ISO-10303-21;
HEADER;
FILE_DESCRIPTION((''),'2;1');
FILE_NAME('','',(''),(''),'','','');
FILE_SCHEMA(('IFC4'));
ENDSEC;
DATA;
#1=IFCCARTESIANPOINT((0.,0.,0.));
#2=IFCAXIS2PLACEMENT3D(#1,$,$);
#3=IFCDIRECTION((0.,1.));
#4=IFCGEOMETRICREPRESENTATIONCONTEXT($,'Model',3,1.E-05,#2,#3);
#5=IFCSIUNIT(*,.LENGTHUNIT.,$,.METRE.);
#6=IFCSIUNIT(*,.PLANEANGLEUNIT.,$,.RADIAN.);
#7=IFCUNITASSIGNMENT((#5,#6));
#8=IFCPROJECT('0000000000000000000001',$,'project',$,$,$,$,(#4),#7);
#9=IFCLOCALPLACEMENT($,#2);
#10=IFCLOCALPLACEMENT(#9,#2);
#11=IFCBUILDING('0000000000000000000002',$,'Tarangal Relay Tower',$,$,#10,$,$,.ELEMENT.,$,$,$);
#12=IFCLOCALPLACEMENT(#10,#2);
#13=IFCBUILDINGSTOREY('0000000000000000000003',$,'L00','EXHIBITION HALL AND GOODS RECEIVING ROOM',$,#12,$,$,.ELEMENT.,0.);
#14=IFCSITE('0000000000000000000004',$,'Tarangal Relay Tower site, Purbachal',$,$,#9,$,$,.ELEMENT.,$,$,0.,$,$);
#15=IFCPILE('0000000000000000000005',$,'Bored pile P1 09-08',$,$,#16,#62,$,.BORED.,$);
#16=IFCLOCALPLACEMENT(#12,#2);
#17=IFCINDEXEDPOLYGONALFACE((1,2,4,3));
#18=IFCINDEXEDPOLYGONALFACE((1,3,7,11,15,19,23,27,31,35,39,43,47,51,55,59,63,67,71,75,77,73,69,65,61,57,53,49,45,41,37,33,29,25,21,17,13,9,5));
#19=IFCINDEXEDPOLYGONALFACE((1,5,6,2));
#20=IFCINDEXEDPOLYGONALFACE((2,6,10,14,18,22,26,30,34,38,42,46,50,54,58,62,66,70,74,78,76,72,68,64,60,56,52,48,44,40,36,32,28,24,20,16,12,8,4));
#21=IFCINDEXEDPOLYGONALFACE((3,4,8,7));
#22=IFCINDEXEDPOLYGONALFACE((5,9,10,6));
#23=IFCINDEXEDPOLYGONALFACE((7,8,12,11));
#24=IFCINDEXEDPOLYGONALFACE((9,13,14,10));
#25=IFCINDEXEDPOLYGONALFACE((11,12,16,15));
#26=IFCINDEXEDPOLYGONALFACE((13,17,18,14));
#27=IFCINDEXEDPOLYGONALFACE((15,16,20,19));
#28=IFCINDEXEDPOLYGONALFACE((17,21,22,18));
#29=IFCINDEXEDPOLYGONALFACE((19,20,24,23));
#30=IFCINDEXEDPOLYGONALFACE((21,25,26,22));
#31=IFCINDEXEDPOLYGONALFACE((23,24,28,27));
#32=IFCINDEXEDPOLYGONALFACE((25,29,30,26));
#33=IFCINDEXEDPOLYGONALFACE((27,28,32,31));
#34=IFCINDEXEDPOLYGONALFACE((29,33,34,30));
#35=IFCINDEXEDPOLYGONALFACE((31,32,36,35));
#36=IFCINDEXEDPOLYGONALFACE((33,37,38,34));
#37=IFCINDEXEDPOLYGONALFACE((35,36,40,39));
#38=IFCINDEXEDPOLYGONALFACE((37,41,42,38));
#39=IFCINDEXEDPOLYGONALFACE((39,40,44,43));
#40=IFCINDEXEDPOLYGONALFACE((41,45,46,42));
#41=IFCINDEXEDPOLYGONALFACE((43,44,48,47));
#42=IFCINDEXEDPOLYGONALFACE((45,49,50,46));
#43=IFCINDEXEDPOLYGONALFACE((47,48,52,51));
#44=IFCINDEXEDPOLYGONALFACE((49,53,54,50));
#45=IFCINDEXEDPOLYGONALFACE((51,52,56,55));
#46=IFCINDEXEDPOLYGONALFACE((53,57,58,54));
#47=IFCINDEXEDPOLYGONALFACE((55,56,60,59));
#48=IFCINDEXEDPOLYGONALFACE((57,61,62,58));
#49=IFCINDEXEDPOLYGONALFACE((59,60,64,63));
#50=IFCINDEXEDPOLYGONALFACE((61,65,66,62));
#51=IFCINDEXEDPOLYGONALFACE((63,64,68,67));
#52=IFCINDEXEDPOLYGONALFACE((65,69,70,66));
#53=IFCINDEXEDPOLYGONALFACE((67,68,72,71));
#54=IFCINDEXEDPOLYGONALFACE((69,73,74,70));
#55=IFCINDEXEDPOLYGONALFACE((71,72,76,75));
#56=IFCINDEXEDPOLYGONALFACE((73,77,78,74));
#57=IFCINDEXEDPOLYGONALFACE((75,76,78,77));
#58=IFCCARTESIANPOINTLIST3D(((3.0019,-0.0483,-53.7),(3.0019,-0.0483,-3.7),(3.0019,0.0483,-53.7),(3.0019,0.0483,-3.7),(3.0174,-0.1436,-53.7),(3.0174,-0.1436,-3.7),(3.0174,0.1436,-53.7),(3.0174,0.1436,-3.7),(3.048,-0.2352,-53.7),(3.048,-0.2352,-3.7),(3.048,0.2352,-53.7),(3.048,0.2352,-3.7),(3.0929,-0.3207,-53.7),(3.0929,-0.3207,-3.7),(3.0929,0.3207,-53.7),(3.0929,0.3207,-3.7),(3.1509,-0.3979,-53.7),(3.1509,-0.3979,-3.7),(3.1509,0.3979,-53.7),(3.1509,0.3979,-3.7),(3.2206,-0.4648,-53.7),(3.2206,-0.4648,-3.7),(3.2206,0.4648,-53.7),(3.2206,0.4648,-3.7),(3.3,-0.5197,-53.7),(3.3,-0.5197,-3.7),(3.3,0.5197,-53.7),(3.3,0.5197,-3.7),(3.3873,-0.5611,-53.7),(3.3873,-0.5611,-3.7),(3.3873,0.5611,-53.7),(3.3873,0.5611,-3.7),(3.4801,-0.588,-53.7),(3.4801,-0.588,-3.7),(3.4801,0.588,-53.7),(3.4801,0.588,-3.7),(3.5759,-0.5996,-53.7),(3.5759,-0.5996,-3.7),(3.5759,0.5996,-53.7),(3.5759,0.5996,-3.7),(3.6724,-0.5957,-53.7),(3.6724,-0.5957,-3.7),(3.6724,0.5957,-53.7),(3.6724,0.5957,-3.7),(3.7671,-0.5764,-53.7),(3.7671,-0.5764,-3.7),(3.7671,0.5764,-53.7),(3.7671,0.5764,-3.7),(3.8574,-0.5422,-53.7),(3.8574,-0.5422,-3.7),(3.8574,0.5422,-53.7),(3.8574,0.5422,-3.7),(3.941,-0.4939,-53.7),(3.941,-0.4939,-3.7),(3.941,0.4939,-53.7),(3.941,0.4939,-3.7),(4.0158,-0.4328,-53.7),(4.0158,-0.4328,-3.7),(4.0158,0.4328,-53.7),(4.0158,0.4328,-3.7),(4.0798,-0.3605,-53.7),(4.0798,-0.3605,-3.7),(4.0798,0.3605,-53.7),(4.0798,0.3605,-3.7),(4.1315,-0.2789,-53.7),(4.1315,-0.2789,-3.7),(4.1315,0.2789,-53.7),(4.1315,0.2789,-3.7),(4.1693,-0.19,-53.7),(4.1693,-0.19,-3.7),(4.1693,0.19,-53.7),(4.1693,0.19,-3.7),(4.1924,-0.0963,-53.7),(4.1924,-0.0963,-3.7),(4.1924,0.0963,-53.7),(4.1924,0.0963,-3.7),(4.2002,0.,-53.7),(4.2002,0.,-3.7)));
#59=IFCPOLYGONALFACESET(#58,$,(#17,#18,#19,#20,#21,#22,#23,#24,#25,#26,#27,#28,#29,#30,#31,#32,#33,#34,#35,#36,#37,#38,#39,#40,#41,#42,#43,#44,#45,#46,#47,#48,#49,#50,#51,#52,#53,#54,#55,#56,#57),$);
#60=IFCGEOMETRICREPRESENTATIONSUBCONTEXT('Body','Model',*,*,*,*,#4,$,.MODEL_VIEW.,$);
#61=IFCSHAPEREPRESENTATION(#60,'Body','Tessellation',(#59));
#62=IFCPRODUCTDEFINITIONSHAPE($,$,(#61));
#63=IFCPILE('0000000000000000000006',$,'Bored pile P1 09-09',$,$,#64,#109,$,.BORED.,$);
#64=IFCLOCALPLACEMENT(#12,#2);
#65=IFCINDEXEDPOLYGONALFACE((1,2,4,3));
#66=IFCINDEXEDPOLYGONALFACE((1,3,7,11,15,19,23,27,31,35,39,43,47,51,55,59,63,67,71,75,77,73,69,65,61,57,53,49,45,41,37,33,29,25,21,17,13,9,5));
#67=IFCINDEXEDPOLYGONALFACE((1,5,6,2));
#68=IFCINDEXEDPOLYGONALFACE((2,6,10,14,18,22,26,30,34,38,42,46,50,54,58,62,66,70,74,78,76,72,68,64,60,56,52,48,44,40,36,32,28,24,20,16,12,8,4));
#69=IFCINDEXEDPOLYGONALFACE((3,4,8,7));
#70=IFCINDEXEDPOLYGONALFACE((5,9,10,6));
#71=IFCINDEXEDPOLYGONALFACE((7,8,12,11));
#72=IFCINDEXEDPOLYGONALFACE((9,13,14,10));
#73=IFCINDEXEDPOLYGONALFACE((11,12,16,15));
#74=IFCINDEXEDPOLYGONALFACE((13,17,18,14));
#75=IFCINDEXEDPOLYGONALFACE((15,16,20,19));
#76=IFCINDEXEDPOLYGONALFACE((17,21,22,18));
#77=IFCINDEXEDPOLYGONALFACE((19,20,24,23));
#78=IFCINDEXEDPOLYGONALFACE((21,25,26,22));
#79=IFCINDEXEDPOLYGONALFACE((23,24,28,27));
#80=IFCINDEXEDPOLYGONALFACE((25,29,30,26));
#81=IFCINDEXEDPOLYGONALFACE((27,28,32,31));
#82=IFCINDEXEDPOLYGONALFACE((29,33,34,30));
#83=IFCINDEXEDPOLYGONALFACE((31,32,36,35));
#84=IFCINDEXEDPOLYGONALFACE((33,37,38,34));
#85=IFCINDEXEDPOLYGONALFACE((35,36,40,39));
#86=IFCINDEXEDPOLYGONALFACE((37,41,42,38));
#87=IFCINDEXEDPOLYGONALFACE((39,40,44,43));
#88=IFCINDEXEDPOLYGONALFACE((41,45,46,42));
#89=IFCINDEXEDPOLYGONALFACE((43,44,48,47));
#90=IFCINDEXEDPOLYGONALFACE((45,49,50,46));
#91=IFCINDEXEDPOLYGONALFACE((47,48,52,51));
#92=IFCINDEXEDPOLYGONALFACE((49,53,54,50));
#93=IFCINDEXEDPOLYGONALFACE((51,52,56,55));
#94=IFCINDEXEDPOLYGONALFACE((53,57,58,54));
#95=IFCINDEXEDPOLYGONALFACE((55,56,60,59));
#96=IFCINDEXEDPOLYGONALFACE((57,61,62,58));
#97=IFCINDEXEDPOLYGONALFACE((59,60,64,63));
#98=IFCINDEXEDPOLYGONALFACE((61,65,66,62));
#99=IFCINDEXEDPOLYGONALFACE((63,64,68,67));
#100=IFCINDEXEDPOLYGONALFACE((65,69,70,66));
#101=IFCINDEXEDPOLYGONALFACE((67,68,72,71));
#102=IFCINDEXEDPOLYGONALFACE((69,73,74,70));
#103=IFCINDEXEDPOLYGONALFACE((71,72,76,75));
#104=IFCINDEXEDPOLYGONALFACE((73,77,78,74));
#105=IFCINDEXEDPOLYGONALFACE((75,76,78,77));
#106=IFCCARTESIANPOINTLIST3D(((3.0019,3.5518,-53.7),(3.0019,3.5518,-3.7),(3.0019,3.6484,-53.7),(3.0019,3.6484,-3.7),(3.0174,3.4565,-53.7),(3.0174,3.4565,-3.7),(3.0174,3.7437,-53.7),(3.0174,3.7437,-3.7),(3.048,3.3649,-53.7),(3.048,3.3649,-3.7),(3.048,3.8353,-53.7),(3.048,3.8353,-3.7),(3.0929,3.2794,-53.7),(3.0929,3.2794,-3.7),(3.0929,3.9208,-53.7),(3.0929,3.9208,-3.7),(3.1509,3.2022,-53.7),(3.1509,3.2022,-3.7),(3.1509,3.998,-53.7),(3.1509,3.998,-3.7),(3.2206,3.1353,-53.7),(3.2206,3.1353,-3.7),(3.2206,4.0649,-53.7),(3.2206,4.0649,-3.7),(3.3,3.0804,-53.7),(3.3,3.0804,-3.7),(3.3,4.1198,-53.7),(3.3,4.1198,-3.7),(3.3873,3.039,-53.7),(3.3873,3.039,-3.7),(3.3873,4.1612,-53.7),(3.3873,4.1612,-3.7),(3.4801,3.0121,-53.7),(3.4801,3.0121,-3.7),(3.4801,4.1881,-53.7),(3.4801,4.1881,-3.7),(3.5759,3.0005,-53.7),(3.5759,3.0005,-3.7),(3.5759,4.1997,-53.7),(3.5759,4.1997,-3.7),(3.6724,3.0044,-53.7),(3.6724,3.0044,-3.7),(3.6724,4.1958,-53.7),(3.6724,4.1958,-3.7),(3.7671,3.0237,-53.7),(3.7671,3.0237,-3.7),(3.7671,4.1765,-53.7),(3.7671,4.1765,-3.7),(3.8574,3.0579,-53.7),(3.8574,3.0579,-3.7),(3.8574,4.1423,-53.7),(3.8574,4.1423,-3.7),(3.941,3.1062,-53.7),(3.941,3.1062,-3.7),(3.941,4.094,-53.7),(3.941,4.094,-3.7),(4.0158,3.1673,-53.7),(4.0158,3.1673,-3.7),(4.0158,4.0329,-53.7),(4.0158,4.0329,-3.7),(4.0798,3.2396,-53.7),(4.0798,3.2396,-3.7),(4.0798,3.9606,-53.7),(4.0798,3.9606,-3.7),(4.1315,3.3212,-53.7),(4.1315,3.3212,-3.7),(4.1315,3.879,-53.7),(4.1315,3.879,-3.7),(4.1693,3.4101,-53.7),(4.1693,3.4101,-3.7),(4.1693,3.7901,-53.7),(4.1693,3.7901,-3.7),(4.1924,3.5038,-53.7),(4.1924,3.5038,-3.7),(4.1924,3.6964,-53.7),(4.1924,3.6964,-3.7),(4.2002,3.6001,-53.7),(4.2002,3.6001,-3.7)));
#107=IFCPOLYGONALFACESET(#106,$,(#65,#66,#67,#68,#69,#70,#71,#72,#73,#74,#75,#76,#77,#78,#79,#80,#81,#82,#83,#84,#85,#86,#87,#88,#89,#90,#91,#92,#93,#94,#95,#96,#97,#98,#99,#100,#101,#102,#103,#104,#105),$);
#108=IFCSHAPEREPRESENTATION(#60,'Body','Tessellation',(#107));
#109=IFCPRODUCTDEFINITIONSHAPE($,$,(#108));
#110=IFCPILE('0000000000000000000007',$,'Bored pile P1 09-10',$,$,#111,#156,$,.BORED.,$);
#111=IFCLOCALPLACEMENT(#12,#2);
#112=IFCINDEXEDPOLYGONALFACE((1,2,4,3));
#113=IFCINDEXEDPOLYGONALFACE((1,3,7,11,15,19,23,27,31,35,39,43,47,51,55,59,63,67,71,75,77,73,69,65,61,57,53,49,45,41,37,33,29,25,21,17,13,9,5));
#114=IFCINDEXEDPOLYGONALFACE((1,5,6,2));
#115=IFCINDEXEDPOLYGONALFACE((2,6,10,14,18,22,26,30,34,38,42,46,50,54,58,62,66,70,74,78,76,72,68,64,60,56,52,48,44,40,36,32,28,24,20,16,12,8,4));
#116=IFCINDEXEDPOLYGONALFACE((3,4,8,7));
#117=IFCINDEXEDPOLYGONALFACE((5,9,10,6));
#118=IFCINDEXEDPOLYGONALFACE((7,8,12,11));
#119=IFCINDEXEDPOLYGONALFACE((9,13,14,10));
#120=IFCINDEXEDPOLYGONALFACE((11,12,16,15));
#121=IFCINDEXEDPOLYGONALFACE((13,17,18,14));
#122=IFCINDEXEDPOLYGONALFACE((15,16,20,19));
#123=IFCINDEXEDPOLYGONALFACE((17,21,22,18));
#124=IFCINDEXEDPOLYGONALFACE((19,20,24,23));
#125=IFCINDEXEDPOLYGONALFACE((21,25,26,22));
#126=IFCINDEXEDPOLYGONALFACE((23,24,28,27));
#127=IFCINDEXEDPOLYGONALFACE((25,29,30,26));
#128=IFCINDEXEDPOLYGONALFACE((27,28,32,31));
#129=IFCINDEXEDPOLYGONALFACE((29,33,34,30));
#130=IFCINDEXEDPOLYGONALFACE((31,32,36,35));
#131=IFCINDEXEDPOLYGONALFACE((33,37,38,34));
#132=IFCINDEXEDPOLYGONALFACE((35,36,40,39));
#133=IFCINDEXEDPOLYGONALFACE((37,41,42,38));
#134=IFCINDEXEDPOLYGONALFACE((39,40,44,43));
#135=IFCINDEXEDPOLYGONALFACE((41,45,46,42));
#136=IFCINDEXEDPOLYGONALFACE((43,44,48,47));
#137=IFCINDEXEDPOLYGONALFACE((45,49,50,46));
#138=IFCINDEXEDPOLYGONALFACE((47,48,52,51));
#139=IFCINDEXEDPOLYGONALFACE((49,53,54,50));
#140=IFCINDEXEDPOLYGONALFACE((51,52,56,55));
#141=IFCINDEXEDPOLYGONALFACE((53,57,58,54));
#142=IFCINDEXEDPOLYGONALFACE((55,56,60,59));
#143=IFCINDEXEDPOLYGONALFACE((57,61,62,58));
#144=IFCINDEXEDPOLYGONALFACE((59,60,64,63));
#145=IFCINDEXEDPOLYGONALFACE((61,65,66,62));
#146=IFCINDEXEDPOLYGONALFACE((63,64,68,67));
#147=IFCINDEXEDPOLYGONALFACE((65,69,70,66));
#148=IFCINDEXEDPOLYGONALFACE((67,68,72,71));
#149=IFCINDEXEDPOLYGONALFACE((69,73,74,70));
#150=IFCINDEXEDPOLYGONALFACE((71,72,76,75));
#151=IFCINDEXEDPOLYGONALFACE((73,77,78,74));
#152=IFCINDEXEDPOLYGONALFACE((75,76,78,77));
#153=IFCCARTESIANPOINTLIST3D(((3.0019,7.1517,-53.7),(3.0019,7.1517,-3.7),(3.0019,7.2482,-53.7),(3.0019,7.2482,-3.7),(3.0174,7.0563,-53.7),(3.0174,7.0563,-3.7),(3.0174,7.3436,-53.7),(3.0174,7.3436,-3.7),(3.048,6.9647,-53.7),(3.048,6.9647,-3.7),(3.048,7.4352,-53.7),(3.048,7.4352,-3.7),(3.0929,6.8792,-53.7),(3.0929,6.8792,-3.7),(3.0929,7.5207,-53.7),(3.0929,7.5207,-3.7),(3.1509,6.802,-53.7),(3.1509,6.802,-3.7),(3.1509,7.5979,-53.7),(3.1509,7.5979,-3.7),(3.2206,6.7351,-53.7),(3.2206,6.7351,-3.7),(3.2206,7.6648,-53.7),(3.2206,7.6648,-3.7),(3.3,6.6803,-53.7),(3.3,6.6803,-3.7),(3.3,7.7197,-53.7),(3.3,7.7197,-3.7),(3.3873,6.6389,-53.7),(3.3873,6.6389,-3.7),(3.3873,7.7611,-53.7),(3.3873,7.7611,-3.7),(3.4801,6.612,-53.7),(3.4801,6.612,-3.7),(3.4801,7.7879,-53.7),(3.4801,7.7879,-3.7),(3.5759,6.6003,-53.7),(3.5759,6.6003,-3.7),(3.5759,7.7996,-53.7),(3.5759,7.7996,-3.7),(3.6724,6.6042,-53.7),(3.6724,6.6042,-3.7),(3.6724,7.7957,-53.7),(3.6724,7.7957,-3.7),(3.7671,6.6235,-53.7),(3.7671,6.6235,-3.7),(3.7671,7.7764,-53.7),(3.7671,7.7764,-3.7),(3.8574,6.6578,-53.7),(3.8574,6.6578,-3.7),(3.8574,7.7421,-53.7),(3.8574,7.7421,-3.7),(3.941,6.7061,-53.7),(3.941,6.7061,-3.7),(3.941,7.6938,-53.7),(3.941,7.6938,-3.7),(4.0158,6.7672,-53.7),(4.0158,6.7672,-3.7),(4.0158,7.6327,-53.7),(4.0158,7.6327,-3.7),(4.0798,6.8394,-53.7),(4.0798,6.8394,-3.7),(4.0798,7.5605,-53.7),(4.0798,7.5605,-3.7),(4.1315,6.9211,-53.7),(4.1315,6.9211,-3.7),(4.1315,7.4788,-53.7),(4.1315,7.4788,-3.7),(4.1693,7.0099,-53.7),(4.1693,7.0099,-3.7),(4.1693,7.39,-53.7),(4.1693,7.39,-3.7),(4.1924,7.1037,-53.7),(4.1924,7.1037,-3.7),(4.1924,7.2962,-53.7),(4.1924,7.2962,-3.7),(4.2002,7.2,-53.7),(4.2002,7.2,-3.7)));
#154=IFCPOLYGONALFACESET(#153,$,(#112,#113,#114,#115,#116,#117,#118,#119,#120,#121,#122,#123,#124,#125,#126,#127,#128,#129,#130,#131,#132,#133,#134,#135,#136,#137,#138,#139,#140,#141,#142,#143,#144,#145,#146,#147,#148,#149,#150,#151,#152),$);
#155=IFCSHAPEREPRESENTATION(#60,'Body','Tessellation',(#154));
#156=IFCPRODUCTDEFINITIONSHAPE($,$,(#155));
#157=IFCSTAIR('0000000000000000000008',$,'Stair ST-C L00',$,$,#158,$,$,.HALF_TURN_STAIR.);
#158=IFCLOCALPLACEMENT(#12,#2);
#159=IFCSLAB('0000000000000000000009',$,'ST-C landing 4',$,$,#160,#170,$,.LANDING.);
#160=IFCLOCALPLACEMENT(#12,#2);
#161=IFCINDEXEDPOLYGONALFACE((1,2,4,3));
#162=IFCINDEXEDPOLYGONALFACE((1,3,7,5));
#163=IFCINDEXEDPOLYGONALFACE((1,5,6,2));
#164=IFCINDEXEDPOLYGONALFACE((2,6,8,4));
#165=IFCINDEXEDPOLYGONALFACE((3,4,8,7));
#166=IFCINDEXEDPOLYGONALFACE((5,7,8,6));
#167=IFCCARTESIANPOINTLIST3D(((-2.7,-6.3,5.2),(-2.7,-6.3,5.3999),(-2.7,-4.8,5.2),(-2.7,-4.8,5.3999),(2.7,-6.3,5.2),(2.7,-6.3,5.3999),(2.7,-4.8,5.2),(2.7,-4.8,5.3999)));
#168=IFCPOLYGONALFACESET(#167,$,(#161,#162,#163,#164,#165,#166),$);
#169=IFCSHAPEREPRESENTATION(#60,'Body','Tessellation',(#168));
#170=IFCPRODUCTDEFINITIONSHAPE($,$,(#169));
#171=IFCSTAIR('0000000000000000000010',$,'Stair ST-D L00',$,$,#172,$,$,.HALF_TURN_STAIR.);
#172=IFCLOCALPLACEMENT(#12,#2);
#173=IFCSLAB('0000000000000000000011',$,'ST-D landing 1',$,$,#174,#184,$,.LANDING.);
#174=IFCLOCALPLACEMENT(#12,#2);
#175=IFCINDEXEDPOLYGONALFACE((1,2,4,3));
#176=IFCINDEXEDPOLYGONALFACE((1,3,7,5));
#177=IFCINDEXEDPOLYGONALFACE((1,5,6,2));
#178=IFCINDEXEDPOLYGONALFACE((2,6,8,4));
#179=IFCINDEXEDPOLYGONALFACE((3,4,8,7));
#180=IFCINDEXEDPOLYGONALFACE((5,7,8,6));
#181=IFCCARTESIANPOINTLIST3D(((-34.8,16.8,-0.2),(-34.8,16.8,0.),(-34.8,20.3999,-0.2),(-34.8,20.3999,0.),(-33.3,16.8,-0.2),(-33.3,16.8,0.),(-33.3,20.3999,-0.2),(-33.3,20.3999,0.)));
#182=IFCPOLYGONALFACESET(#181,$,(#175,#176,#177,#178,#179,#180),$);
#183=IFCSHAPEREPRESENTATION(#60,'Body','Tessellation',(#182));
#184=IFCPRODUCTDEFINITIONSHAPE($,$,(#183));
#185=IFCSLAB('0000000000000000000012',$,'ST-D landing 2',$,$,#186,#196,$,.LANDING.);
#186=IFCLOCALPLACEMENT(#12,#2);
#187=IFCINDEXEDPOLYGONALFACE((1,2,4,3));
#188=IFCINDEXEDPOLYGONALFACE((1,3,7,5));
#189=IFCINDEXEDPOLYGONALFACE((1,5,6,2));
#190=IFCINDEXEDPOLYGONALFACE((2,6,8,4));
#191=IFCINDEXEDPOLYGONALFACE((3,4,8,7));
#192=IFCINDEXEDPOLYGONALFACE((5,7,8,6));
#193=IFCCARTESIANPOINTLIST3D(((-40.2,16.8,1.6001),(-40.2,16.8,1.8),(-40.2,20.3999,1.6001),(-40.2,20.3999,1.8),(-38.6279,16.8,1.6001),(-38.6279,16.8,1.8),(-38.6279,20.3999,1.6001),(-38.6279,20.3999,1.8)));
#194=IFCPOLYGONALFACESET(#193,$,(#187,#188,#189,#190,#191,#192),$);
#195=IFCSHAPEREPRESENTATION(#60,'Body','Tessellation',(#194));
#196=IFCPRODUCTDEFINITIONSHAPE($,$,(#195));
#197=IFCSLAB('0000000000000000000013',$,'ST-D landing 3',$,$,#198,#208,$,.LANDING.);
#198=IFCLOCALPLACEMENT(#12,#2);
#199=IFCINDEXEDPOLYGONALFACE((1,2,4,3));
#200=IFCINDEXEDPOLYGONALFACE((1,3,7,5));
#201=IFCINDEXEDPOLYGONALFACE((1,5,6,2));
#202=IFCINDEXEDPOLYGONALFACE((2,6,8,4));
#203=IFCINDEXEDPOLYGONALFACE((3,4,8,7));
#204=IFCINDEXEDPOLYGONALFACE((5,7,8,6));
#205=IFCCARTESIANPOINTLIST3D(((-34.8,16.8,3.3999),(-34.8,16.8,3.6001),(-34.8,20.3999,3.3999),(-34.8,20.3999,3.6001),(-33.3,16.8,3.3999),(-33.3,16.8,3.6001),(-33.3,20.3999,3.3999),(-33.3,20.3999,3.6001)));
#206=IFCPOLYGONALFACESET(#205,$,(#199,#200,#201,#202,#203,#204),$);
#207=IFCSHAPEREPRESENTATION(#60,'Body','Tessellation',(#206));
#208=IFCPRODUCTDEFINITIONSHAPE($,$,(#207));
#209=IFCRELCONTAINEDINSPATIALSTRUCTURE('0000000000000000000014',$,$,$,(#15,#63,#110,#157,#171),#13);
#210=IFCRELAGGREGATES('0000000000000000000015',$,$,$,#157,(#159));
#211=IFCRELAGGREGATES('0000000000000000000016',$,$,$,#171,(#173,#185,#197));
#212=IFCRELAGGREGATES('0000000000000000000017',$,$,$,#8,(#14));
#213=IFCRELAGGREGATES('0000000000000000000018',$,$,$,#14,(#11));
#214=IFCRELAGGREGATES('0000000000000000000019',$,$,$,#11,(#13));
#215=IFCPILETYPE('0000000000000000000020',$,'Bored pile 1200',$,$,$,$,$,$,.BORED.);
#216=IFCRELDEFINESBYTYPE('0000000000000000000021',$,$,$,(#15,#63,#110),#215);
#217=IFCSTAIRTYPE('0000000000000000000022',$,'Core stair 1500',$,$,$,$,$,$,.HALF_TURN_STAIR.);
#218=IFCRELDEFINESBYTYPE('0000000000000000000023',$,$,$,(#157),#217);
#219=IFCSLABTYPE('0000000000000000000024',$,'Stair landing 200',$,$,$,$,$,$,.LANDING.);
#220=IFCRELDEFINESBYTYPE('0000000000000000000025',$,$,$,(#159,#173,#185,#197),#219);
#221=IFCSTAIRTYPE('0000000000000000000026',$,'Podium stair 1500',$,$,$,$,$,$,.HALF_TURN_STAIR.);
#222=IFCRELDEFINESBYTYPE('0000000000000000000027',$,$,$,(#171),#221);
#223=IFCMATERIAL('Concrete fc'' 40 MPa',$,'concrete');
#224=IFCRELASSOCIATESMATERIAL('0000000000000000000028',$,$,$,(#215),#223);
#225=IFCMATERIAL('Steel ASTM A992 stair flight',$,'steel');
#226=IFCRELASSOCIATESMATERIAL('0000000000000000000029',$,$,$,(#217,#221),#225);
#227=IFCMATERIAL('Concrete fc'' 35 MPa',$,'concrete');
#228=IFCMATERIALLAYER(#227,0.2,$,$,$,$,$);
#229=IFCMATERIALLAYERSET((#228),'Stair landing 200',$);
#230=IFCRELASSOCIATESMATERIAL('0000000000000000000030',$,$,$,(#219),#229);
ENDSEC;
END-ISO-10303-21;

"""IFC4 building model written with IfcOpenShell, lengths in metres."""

from ifc_helpers import new_model, si_unit, direction, frame, origin, origin_2d, place, context, subcontext, project, spatial, polyline, circle, outline, extrude, material, layer, layer_set, material_profile, profile_set, type_object, element, aggregate, save


model = new_model("IFC4")

# Units and contexts
model_context = context("Model", 3, precision=1e-05, world=origin(), true_north=direction((0.0, 1.0)))
body_context = subcontext(model_context, "Body", "Model", "MODEL_VIEW")
ifc_project = project(units=[si_unit("LENGTHUNIT", "METRE"), si_unit("PLANEANGLEUNIT", "RADIAN")], contexts=[model_context])

# Site, building, storey
site_placement = place(None, origin())
site = spatial("IfcSite", under=ifc_project, at=site_placement, Name="Tarangal Relay Tower site, Purbachal", CompositionType="ELEMENT", RefElevation=0.0)
building_placement = place(site_placement, origin())
building = spatial("IfcBuilding", under=site, at=building_placement, Name="Tarangal Relay Tower", CompositionType="ELEMENT")
storey_placement = place(building_placement, origin())
storey = spatial("IfcBuildingStorey", under=building, at=storey_placement, Name="L00", Description="EXHIBITION HALL AND GOODS RECEIVING ROOM", CompositionType="ELEMENT", Elevation=0.0)

# Piles
ifc_material_1 = material(Name="Concrete fc' 40 MPa", Category="concrete")
ifc_material_profile = material_profile(ifc_material_1, circle(Radius=0.6001, at=origin_2d()), Name="D1200")
ifc_profile_set = profile_set([ifc_material_profile], Name="Concrete fc' 40 MPa")
pile_type = type_object("IfcPileType", Name="Bored pile 1200", PredefinedType="BORED", material=ifc_profile_set)
for number, where, z_axis, x_axis, name in (
    (1, (3.6001, 0.0, -3.7), (0.0, 0.0, -1.0), (1.0, 0.0, 0.0), "Bored pile P1 09-08"),
    (2, (3.6001, 3.6001, -3.7), (0.0, 0.0, -1.0), (1.0, 0.0, 0.0), "Bored pile P1 09-09"),
    (3, (3.6001, 7.2, -3.7), (0.0, 0.0, -1.0), (1.0, 0.0, 0.0), "Bored pile P1 09-10"),
):
    element("IfcPile", number, at=place(storey_placement, frame(where, z_axis=z_axis, x_axis=x_axis)), inside=storey, type_object=pile_type, Name=name, PredefinedType="BORED", context=body_context, shape_type="SweptSolid", body=[
        extrude(circle(Radius=0.6001, at=origin_2d()), origin(), (0.0, 0.0, 1.0), 50.0),
    ])

# Stair, slab
ifc_material_2 = material(Name="Steel ASTM A992 stair flight", Category="steel")
stair_type_1 = type_object("IfcStairType", Name="Core stair 1500", PredefinedType="HALF_TURN_STAIR", material=ifc_material_2)
stair_1_placement = place(storey_placement, origin())
stair_1 = element("IfcStair", 4, at=stair_1_placement, inside=storey, type_object=stair_type_1, Name="Stair ST-C L00", PredefinedType="HALF_TURN_STAIR")
ifc_material_3 = material(Name="Concrete fc' 35 MPa", Category="concrete")
ifc_layer_1 = layer(ifc_material_3, 0.2)
ifc_layer_set_1 = layer_set([ifc_layer_1], Name="Stair landing 200")
slab_type = type_object("IfcSlabType", Name="Stair landing 200", PredefinedType="LANDING", material=ifc_layer_set_1)
slab_1_placement = place(storey_placement, frame((0.0, 0.0, 5.2)))
slab_1 = element("IfcSlab", 5, at=slab_1_placement, type_object=slab_type, Name="ST-C landing 4", PredefinedType="LANDING", context=body_context, shape_type="SweptSolid", body=[
    extrude(outline(polyline([(-2.7, -6.3), (2.7, -6.3), (2.7, -4.8), (-2.7, -4.8), (-2.7, -6.3)])), origin(), (0.0, 0.0, 1.0), 0.2),
])
aggregate(stair_1, [slab_1])

# Stair, slabs
stair_type_2 = type_object("IfcStairType", Name="Podium stair 1500", PredefinedType="HALF_TURN_STAIR", material=ifc_material_2)
stair_2_placement = place(storey_placement, origin())
stair_2 = element("IfcStair", 6, at=stair_2_placement, inside=storey, type_object=stair_type_2, Name="Stair ST-D L00", PredefinedType="HALF_TURN_STAIR")
slab_2_placement = place(storey_placement, frame((0.0, 0.0, -0.2)))
slab_2 = element("IfcSlab", 7, at=slab_2_placement, type_object=slab_type, Name="ST-D landing 1", PredefinedType="LANDING", context=body_context, shape_type="SweptSolid", body=[
    extrude(outline(polyline([(-33.3, 16.8), (-33.3, 20.3999), (-34.8, 20.3999), (-34.8, 16.8), (-33.3, 16.8)])), origin(), (0.0, 0.0, 1.0), 0.2),
])
slab_3_placement = place(storey_placement, frame((0.0, 0.0, 1.6001)))
slab_3 = element("IfcSlab", 8, at=slab_3_placement, type_object=slab_type, Name="ST-D landing 2", PredefinedType="LANDING", context=body_context, shape_type="SweptSolid", body=[
    extrude(outline(polyline([(-38.6279, 16.8), (-38.6279, 20.3999), (-40.2, 20.3999), (-40.2, 16.8), (-38.6279, 16.8)])), origin(), (0.0, 0.0, 1.0), 0.2),
])
slab_4_placement = place(storey_placement, frame((0.0, 0.0, 3.3999)))
slab_4 = element("IfcSlab", 9, at=slab_4_placement, type_object=slab_type, Name="ST-D landing 3", PredefinedType="LANDING", context=body_context, shape_type="SweptSolid", body=[
    extrude(outline(polyline([(-33.3, 16.8), (-33.3, 20.3999), (-34.8, 20.3999), (-34.8, 16.8), (-33.3, 16.8)])), origin(), (0.0, 0.0, 1.0), 0.2002),
])
aggregate(stair_2, [slab_2, slab_3, slab_4])

save(model, "model.ifc")
